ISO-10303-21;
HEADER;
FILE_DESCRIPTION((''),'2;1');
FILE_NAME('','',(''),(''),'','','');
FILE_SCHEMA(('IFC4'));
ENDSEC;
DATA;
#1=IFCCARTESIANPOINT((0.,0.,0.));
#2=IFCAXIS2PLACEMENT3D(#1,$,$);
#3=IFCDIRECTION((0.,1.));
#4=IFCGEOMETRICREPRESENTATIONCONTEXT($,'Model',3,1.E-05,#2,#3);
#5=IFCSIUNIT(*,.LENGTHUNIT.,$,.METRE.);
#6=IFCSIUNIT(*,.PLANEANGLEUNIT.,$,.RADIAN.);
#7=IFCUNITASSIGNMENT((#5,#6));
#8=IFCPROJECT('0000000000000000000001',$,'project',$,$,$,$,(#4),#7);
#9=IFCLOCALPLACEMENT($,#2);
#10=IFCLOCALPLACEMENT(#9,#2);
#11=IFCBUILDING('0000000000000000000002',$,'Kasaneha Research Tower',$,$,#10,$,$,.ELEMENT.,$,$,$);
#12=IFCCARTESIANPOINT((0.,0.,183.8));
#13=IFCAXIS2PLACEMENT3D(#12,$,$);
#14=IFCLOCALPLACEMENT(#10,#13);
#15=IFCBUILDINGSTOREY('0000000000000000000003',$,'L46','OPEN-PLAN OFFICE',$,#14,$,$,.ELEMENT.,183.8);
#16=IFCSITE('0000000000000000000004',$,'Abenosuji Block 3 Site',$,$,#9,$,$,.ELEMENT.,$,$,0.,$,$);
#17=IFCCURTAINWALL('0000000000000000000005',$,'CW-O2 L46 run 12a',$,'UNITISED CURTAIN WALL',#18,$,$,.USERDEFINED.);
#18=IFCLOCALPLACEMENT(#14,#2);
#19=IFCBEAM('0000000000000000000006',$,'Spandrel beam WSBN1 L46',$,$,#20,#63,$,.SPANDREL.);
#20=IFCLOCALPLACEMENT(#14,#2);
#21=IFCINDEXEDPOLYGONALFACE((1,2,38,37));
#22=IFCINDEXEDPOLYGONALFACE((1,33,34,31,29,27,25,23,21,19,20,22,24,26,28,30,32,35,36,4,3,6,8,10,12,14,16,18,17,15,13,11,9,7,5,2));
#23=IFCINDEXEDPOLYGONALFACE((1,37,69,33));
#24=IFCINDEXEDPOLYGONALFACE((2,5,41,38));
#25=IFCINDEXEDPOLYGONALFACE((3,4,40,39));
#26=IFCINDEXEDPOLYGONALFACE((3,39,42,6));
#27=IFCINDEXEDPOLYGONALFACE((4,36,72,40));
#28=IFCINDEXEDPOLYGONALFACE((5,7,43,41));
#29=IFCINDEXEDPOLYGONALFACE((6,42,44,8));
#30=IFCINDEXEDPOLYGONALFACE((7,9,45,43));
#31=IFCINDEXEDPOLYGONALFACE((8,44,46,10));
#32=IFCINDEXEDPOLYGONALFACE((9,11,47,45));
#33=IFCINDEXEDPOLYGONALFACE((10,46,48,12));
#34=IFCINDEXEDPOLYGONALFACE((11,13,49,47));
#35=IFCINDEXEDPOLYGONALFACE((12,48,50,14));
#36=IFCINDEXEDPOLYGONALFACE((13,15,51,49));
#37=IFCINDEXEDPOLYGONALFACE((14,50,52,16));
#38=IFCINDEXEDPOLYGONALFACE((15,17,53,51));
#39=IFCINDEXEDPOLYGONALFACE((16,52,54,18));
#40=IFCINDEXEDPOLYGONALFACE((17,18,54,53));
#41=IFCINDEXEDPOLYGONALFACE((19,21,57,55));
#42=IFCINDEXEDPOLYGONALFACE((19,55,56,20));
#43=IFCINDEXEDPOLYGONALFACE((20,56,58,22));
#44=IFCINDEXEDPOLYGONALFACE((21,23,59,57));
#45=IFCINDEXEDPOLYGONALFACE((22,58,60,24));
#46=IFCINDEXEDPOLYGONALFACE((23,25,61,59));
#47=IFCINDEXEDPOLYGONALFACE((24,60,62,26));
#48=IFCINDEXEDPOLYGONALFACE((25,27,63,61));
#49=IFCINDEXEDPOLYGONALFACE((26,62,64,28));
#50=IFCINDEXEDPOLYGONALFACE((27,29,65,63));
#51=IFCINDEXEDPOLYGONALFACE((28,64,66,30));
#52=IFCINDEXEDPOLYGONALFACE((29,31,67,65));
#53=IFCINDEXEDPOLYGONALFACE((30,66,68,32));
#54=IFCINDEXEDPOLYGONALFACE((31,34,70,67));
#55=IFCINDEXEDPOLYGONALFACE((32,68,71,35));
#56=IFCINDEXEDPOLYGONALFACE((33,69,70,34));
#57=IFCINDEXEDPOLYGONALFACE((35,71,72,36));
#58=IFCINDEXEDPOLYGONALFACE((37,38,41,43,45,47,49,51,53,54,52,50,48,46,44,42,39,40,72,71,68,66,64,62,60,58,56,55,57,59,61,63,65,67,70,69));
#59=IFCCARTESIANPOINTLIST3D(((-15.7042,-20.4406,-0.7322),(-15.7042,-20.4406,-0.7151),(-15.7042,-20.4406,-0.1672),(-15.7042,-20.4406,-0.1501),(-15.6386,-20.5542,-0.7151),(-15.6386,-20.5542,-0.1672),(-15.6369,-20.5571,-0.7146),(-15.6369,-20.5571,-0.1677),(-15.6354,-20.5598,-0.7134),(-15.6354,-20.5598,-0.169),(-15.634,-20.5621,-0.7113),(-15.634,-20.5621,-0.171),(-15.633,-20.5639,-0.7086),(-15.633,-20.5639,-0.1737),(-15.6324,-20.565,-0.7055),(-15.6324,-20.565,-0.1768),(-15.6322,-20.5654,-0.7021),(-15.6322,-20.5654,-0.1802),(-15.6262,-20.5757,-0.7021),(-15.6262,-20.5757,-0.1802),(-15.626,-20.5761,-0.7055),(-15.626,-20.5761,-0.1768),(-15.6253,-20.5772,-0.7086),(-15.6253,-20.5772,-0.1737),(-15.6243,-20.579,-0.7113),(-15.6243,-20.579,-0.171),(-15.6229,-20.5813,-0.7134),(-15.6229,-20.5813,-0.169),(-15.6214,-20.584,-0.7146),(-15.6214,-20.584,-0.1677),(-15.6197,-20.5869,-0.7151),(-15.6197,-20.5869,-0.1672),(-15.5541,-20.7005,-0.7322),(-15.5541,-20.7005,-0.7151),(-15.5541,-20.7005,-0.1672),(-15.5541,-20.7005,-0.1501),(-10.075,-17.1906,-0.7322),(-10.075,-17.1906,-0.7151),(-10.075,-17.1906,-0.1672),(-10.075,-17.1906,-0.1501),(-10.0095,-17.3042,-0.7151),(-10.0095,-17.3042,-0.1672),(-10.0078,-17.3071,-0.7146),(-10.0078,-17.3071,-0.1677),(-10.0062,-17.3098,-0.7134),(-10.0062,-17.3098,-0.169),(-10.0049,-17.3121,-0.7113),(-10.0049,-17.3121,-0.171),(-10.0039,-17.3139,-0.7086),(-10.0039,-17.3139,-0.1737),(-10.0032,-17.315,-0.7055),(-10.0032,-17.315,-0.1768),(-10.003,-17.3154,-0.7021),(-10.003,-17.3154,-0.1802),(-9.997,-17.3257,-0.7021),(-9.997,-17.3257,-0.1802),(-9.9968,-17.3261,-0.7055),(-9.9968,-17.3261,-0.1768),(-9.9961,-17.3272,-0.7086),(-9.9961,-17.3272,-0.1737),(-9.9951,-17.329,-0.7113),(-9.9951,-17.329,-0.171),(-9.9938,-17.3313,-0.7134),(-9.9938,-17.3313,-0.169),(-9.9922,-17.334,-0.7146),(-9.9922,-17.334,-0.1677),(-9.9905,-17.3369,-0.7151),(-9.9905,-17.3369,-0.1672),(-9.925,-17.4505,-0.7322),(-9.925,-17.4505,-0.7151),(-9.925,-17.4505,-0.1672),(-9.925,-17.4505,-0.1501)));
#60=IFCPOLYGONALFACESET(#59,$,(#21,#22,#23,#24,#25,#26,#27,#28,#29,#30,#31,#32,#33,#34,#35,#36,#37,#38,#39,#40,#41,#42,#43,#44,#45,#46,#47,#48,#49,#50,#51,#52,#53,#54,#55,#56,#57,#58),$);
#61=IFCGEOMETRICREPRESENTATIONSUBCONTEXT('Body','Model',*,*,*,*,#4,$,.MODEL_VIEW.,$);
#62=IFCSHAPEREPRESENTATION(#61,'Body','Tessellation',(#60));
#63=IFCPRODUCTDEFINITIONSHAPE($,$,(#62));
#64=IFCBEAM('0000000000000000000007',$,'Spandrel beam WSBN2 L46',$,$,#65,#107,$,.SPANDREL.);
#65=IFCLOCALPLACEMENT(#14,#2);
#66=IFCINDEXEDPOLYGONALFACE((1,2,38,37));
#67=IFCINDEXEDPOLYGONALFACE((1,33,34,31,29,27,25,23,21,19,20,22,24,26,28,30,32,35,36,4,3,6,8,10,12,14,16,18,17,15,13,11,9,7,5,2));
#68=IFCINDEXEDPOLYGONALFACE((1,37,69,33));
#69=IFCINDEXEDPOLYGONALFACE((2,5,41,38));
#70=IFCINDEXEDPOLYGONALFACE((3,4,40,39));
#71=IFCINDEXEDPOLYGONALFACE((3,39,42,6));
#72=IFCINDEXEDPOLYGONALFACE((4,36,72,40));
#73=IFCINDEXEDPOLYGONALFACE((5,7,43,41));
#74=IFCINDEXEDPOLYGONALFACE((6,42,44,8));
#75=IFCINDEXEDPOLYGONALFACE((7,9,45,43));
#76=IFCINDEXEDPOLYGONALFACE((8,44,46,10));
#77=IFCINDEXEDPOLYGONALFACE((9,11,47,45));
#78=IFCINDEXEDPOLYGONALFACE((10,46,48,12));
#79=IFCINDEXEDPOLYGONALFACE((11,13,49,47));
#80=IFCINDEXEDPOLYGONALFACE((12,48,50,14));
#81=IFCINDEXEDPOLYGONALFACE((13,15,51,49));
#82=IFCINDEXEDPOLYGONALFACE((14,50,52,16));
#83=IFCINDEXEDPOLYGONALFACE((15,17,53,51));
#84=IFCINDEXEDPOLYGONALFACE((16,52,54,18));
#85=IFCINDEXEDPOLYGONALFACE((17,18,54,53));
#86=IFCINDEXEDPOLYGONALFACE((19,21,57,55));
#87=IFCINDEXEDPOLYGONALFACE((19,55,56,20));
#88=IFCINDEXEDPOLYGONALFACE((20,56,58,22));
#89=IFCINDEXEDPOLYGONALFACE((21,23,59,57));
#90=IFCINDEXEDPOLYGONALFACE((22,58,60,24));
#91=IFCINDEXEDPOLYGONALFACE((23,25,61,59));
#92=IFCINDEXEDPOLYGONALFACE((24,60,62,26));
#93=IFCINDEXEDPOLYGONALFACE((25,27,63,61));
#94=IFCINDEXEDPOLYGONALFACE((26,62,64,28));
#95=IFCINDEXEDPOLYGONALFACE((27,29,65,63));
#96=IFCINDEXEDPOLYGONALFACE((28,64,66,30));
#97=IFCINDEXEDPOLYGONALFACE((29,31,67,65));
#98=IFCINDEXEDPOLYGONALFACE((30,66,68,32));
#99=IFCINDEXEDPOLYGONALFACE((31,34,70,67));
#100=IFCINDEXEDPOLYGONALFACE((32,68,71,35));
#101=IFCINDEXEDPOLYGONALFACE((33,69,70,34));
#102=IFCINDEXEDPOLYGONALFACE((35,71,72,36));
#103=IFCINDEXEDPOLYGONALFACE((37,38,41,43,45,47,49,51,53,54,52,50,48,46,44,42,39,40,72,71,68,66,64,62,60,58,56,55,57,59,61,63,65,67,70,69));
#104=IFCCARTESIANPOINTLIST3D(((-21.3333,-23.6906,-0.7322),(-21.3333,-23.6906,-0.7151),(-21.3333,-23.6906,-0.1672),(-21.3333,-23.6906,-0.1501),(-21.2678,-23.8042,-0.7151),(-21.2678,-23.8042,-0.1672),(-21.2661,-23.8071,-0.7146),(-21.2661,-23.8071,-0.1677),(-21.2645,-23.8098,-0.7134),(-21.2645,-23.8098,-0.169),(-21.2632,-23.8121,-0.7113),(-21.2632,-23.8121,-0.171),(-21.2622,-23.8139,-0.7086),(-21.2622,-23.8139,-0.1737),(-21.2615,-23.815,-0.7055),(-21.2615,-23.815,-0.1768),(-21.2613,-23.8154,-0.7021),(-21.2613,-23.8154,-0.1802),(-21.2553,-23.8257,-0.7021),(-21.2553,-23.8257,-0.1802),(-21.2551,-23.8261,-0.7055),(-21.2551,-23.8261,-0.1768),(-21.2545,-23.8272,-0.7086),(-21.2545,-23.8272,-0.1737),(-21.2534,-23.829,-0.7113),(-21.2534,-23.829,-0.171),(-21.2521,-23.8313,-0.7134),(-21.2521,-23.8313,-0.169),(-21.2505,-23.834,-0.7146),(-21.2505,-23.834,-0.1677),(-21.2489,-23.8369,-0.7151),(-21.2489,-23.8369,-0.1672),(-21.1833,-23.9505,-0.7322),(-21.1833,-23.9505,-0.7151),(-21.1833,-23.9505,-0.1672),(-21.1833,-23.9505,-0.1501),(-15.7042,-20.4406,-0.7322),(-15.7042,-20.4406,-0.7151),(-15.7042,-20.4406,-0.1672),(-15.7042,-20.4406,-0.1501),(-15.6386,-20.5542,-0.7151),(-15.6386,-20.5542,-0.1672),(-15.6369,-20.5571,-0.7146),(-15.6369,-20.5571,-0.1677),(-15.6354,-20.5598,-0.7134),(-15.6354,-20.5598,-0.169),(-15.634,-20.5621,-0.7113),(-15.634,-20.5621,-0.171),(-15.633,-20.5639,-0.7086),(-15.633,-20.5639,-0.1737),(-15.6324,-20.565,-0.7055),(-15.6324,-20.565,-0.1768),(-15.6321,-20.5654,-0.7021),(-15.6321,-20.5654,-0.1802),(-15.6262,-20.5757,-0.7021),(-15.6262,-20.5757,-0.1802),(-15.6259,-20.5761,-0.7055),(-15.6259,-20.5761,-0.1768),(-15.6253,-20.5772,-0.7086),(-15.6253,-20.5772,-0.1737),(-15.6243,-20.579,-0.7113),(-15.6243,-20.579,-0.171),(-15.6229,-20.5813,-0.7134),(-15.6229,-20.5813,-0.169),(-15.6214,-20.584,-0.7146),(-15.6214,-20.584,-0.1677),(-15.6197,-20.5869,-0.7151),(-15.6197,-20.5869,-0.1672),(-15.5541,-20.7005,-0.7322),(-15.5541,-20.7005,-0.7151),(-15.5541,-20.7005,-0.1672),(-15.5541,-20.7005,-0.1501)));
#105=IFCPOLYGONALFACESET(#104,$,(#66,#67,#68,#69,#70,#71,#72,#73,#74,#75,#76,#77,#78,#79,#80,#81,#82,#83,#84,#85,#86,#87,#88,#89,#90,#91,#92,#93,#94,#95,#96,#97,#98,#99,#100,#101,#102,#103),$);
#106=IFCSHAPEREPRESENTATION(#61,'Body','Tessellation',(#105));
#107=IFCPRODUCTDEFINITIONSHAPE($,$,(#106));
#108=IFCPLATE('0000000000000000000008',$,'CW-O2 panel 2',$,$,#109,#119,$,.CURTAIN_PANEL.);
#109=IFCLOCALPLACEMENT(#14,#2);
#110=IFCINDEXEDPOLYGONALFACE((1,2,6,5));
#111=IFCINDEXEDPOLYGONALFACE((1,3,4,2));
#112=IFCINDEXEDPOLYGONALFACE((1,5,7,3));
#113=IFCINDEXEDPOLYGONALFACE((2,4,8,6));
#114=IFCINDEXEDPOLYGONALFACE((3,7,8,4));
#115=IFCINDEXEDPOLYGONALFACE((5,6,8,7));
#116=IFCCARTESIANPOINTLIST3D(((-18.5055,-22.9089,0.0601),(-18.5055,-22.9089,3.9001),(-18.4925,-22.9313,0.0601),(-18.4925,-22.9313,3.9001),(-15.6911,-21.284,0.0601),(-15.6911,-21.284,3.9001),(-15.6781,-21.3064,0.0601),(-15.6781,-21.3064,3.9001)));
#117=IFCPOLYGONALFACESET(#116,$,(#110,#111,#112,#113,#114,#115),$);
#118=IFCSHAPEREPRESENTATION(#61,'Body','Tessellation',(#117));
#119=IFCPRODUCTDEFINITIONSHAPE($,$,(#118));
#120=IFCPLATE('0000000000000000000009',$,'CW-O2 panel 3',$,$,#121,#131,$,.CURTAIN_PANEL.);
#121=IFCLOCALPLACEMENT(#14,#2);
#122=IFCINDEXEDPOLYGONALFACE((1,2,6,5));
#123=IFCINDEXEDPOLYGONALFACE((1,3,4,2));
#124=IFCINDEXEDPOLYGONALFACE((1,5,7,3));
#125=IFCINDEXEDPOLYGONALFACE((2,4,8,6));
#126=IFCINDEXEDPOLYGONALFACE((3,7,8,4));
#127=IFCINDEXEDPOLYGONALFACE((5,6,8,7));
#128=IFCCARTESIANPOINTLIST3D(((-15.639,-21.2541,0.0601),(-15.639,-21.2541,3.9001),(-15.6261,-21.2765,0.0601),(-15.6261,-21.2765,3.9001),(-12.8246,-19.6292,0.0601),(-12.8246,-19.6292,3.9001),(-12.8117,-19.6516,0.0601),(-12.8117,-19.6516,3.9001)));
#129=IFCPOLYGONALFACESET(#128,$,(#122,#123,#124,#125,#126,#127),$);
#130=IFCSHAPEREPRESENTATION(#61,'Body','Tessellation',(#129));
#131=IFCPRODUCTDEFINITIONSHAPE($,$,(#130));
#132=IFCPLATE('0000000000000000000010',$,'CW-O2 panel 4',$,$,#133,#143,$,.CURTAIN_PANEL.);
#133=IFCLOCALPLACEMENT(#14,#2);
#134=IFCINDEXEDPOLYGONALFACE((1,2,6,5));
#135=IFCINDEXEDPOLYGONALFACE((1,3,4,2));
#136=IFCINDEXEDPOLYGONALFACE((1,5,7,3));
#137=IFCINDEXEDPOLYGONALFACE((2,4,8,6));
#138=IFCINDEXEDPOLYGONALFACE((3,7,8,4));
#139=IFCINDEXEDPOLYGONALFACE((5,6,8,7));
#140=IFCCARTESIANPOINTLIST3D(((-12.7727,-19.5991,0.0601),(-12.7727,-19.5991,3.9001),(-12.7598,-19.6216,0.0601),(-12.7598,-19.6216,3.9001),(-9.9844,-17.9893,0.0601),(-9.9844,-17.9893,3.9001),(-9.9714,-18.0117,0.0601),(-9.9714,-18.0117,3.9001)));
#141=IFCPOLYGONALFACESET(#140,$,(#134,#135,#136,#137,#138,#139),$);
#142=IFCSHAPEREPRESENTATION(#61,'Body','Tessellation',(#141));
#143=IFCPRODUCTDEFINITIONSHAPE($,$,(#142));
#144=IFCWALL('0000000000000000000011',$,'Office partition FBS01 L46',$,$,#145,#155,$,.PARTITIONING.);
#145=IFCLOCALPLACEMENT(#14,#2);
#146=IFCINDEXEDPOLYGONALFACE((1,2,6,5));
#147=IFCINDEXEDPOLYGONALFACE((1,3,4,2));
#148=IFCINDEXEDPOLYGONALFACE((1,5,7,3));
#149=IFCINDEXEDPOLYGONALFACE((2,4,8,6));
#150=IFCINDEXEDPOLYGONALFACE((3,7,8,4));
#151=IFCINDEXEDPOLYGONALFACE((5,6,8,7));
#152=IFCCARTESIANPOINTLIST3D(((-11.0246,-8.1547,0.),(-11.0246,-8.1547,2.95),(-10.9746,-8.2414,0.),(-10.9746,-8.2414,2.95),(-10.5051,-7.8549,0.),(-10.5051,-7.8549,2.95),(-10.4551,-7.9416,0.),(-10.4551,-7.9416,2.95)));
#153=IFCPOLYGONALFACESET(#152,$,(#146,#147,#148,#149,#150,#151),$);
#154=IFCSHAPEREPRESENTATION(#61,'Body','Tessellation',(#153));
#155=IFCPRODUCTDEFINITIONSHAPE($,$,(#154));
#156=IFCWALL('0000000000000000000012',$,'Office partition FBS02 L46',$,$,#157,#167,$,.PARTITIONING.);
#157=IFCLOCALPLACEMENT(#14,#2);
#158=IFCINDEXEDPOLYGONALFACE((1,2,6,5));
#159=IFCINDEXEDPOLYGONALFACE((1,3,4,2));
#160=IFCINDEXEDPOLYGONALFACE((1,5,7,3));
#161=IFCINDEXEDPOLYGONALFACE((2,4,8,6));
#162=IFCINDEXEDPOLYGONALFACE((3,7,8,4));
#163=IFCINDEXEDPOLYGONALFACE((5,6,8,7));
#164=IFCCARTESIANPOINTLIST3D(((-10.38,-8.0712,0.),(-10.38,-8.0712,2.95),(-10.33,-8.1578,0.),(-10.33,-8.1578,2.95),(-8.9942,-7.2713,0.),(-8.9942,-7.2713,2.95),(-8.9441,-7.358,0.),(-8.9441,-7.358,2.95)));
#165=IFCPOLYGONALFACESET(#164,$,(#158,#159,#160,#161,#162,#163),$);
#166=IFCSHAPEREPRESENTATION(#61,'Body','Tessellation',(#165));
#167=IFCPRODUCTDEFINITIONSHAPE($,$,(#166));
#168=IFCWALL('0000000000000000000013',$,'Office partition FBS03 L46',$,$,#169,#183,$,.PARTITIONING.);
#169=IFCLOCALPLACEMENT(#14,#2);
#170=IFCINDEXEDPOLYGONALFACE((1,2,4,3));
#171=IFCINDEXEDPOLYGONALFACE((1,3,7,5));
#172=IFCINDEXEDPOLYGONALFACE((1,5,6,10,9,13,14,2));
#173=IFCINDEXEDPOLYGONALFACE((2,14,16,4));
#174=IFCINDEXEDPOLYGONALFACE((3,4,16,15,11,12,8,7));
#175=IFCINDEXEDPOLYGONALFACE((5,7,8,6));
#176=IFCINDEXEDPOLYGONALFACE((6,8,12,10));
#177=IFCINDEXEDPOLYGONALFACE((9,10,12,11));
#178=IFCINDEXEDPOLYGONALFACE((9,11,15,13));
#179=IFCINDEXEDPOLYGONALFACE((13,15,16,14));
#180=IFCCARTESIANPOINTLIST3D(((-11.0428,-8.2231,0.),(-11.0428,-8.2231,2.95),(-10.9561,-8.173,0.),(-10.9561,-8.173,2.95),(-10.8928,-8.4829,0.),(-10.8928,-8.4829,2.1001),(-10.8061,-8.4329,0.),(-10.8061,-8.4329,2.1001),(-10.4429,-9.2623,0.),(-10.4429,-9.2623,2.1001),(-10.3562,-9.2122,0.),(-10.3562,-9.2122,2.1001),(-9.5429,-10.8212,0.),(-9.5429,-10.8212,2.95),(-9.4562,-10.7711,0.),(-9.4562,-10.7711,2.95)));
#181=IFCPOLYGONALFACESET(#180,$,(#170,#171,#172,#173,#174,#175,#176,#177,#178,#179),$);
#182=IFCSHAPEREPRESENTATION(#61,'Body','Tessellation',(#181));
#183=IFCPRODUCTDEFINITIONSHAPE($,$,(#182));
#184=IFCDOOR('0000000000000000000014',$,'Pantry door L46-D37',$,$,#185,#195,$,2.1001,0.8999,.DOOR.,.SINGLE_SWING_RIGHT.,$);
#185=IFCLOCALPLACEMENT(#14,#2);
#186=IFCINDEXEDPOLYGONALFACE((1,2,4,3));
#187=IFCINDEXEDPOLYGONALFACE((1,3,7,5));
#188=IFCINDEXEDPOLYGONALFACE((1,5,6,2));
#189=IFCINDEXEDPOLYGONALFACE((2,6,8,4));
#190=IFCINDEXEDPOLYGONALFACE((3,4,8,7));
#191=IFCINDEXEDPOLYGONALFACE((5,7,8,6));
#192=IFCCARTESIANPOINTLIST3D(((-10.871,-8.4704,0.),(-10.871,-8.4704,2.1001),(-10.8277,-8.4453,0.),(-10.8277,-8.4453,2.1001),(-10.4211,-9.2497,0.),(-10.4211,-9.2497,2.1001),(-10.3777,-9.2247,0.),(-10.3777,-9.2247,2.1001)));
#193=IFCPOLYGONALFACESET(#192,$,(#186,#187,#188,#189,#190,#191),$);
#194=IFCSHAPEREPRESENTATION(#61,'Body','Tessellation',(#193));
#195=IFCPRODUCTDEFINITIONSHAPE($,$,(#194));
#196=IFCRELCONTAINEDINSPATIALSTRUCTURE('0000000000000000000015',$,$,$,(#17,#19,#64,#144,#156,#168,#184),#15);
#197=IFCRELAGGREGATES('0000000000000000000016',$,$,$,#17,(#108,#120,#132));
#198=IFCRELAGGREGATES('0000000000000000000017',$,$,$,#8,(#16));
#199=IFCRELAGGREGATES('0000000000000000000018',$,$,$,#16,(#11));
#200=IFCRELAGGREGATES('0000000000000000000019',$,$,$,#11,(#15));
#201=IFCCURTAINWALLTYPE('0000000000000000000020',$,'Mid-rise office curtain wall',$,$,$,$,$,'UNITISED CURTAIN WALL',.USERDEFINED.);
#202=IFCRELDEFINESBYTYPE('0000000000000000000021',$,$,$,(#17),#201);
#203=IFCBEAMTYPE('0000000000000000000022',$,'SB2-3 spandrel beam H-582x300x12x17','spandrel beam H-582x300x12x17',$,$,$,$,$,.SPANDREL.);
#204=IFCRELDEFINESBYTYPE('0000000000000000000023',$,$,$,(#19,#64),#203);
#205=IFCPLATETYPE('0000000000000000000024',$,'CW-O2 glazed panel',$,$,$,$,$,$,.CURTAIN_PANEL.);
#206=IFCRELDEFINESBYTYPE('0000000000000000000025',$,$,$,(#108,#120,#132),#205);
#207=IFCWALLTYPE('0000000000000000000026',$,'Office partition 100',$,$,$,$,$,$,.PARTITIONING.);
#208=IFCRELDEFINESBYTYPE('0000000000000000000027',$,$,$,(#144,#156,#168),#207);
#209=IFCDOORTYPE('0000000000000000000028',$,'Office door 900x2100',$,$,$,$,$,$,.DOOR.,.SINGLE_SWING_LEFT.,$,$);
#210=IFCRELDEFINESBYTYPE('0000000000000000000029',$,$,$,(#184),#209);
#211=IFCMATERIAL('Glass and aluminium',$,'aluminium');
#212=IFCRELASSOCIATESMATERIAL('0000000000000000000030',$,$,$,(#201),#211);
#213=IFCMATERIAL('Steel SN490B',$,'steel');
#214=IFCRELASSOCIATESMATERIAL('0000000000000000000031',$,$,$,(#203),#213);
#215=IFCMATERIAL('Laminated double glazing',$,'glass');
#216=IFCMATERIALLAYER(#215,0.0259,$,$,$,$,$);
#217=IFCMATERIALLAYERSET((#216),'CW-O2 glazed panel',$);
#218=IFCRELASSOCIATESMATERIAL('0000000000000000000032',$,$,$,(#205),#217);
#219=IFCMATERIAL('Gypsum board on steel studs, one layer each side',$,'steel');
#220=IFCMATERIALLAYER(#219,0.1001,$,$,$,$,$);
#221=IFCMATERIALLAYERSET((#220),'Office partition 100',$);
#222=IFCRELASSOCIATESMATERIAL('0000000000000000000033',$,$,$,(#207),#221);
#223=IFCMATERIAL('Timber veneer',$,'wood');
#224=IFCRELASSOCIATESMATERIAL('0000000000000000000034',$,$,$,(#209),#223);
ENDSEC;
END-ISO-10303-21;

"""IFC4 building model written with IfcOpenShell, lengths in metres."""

from ifc_helpers import new_model, si_unit, direction, frame, frame_2d, origin, origin_2d, place, context, subcontext, project, spatial, rectangle, i_section, extrude, material, layer, layer_set, material_profile, profile_set, type_object, element, fill, aggregate, save


model = new_model("IFC4")

# Units and contexts
model_context = context("Model", 3, precision=1e-05, world=origin(), true_north=direction((0.0, 1.0)))
body_context = subcontext(model_context, "Body", "Model", "MODEL_VIEW")
ifc_project = project(units=[si_unit("LENGTHUNIT", "METRE"), si_unit("PLANEANGLEUNIT", "RADIAN")], contexts=[model_context])

# Site, building, storey
site_placement = place(None, origin())
site = spatial("IfcSite", under=ifc_project, at=site_placement, Name="Abenosuji Block 3 Site", CompositionType="ELEMENT", RefElevation=0.0)
building_placement = place(site_placement, origin())
building = spatial("IfcBuilding", under=site, at=building_placement, Name="Kasaneha Research Tower", CompositionType="ELEMENT")
storey_placement = place(building_placement, frame((0.0, 0.0, 183.8)))
storey = spatial("IfcBuildingStorey", under=building, at=storey_placement, Name="L46", Description="OPEN-PLAN OFFICE", CompositionType="ELEMENT", Elevation=183.8)

# Shared definitions
ifc_material_1 = material(Name="Glass and aluminium", Category="aluminium")
curtain_wall_type = type_object("IfcCurtainWallType", Name="Mid-rise office curtain wall", ElementType="UNITISED CURTAIN WALL", PredefinedType="USERDEFINED", material=ifc_material_1)

# Curtain wall
curtain_wall_1_placement = place(storey_placement, origin())
curtain_wall_1 = element("IfcCurtainWall", 1, at=curtain_wall_1_placement, inside=storey, type_object=curtain_wall_type, Name="CW-O2 L46 run 12a", ObjectType="UNITISED CURTAIN WALL", PredefinedType="USERDEFINED")

# Beams
ifc_material_2 = material(Name="Steel SN490B", Category="steel")
ifc_material_profile_1 = material_profile(ifc_material_2, i_section(OverallWidth=0.3, OverallDepth=0.582, WebThickness=0.012, FlangeThickness=0.0171, FilletRadius=0.0129, at=origin_2d()), Name="H-582x300x12x17")
ifc_profile_set_1 = profile_set([ifc_material_profile_1], Name="Steel SN490B")
beam_type_1 = type_object("IfcBeamType", Name="SB2-3 spandrel beam H-582x300x12x17", Description="spandrel beam H-582x300x12x17", PredefinedType="SPANDREL", material=ifc_profile_set_1)
for number, where, z_axis, x_axis, name in (
    (2, (-10.0, -17.3206, -0.4412), (-0.866025, -0.500001, 0.0), (0.500001, -0.866025, 0.0), "Spandrel beam WSBN1 L46"),
    (3, (-15.6292, -20.5706, -0.4412), (-0.866025, -0.500001, 0.0), (0.500001, -0.866025, 0.0), "Spandrel beam WSBN2 L46"),
):
    element("IfcBeam", number, at=place(storey_placement, frame(where, z_axis=z_axis, x_axis=x_axis)), inside=storey, type_object=beam_type_1, Name=name, PredefinedType="SPANDREL", context=body_context, shape_type="SweptSolid", body=[
        extrude(i_section(OverallWidth=0.3, OverallDepth=0.582, WebThickness=0.012, FlangeThickness=0.0171, FilletRadius=0.0129, at=origin_2d()), origin(), (0.0, 0.0, 1.0), 6.5),
    ])

# Plates
ifc_material_3 = material(Name="Laminated double glazing", Category="glass")
ifc_layer_1 = layer(ifc_material_3, 0.0259)
ifc_layer_set_1 = layer_set([ifc_layer_1], Name="CW-O2 glazed panel")
plate_type = type_object("IfcPlateType", Name="CW-O2 glazed panel", PredefinedType="CURTAIN_PANEL", material=ifc_layer_set_1)
plate_1_placement = place(storey_placement, frame((-17.0918, -22.1077, 0.0601), z_axis=(0.0, 0.0, 1.0), x_axis=(0.866025, 0.5, 0.0)))
plate_1 = element("IfcPlate", 4, at=plate_1_placement, type_object=plate_type, Name="CW-O2 panel 2", PredefinedType="CURTAIN_PANEL", context=body_context, shape_type="SweptSolid", body=[
    extrude(rectangle(XDim=3.2498, YDim=0.0259, at=origin_2d()), origin(), (0.0, 0.0, 1.0), 3.8401),
])
plate_2_placement = place(storey_placement, frame((-14.2253, -20.4529, 0.0601), z_axis=(0.0, 0.0, 1.0), x_axis=(0.866025, 0.5, 0.0)))
plate_2 = element("IfcPlate", 5, at=plate_2_placement, type_object=plate_type, Name="CW-O2 panel 3", PredefinedType="CURTAIN_PANEL", context=body_context, shape_type="SweptSolid", body=[
    extrude(rectangle(XDim=3.2498, YDim=0.0259, at=origin_2d()), origin(), (0.0, 0.0, 1.0), 3.8401),
])
plate_3_placement = place(storey_placement, frame((-11.3721, -18.8054, 0.0601), z_axis=(0.0, 0.0, 1.0), x_axis=(0.866025, 0.5, 0.0)))
plate_3 = element("IfcPlate", 6, at=plate_3_placement, type_object=plate_type, Name="CW-O2 panel 4", PredefinedType="CURTAIN_PANEL", context=body_context, shape_type="SweptSolid", body=[
    extrude(rectangle(XDim=3.2197, YDim=0.0259, at=origin_2d()), origin(), (0.0, 0.0, 1.0), 3.8401),
])
aggregate(curtain_wall_1, [plate_1, plate_2, plate_3])

# Walls
ifc_material_4 = material(Name="Gypsum board on steel studs, one layer each side", Category="steel")
ifc_layer_2 = layer(ifc_material_4, 0.1001)
ifc_layer_set_2 = layer_set([ifc_layer_2], Name="Office partition 100")
wall_type_1 = type_object("IfcWallType", Name="Office partition 100", PredefinedType="PARTITIONING", material=ifc_layer_set_2)
wall_1_placement = place(storey_placement, frame((-10.9995, -8.198, 0.0), z_axis=(0.0, 0.0, 1.0), x_axis=(0.866131, 0.499816, 0.0)))
element("IfcWall", 7, at=wall_1_placement, inside=storey, type_object=wall_type_1, Name="Office partition FBS01 L46", PredefinedType="PARTITIONING", context=body_context, shape_type="SweptSolid", body=[
    extrude(rectangle(XDim=0.5999, YDim=0.1001, at=frame_2d((0.2998, 0.0))), origin(), (0.0, 0.0, 1.0), 2.95),
])
wall_2_placement = place(storey_placement, frame((-10.355, -8.1145, 0.0), z_axis=(0.0, 0.0, 1.0), x_axis=(0.866094, 0.499881, 0.0)))
element("IfcWall", 8, at=wall_2_placement, inside=storey, type_object=wall_type_1, Name="Office partition FBS02 L46", PredefinedType="PARTITIONING", context=body_context, shape_type="SweptSolid", body=[
    extrude(rectangle(XDim=1.6001, YDim=0.1001, at=frame_2d((0.8, 0.0))), origin(), (0.0, 0.0, 1.0), 2.95),
])

# Wall, opening, door
wall_3_placement = place(storey_placement, frame((-9.4995, -10.7961, 0.0), z_axis=(0.0, 0.0, 1.0), x_axis=(-0.49999, 0.866031, 0.0)))
wall_3 = element("IfcWall", 9, at=wall_3_placement, inside=storey, type_object=wall_type_1, Name="Office partition FBS03 L46", PredefinedType="PARTITIONING", context=body_context, shape_type="SweptSolid", body=[
    extrude(rectangle(XDim=3.0, YDim=0.1001, at=frame_2d((1.5, 0.0))), origin(), (0.0, 0.0, 1.0), 2.95),
])
opening_1_placement = place(wall_3_placement, frame((1.8, 0.0, 0.0)))
opening_1 = element("IfcOpeningElement", 10, at=opening_1_placement, cuts=wall_3, PredefinedType="OPENING", context=body_context, shape_type="SweptSolid", body=[
    extrude(rectangle(XDim=0.8999, YDim=2.1001, at=frame_2d((0.45, 1.05))), frame((0.0, 0.0601, 0.0), z_axis=(0.0, -1.0, 0.0), x_axis=(1.0, 0.0, 0.0)), (0.0, 0.0, 1.0), 0.1201),
])
ifc_material_5 = material(Name="Timber veneer", Category="wood")
door_type_1 = type_object("IfcDoorType", Name="Office door 900x2100", OperationType="SINGLE_SWING_LEFT", PredefinedType="DOOR", material=ifc_material_5)
door_1_placement = place(opening_1_placement, origin())
door_1 = element("IfcDoor", 11, at=door_1_placement, inside=storey, type_object=door_type_1, Name="Pantry door L46-D37", OperationType="SINGLE_SWING_RIGHT", OverallHeight=2.1001, OverallWidth=0.8999, PredefinedType="DOOR", context=body_context, shape_type="SweptSolid", body=[
    extrude(rectangle(XDim=0.8999, YDim=2.1001, at=frame_2d((0.45, 1.05))), frame((0.0, 0.0249, 0.0), z_axis=(0.0, -1.0, 0.0), x_axis=(1.0, 0.0, 0.0)), (0.0, 0.0, 1.0), 0.05),
])
fill(opening_1, door_1)

save(model, "model.ifc")
